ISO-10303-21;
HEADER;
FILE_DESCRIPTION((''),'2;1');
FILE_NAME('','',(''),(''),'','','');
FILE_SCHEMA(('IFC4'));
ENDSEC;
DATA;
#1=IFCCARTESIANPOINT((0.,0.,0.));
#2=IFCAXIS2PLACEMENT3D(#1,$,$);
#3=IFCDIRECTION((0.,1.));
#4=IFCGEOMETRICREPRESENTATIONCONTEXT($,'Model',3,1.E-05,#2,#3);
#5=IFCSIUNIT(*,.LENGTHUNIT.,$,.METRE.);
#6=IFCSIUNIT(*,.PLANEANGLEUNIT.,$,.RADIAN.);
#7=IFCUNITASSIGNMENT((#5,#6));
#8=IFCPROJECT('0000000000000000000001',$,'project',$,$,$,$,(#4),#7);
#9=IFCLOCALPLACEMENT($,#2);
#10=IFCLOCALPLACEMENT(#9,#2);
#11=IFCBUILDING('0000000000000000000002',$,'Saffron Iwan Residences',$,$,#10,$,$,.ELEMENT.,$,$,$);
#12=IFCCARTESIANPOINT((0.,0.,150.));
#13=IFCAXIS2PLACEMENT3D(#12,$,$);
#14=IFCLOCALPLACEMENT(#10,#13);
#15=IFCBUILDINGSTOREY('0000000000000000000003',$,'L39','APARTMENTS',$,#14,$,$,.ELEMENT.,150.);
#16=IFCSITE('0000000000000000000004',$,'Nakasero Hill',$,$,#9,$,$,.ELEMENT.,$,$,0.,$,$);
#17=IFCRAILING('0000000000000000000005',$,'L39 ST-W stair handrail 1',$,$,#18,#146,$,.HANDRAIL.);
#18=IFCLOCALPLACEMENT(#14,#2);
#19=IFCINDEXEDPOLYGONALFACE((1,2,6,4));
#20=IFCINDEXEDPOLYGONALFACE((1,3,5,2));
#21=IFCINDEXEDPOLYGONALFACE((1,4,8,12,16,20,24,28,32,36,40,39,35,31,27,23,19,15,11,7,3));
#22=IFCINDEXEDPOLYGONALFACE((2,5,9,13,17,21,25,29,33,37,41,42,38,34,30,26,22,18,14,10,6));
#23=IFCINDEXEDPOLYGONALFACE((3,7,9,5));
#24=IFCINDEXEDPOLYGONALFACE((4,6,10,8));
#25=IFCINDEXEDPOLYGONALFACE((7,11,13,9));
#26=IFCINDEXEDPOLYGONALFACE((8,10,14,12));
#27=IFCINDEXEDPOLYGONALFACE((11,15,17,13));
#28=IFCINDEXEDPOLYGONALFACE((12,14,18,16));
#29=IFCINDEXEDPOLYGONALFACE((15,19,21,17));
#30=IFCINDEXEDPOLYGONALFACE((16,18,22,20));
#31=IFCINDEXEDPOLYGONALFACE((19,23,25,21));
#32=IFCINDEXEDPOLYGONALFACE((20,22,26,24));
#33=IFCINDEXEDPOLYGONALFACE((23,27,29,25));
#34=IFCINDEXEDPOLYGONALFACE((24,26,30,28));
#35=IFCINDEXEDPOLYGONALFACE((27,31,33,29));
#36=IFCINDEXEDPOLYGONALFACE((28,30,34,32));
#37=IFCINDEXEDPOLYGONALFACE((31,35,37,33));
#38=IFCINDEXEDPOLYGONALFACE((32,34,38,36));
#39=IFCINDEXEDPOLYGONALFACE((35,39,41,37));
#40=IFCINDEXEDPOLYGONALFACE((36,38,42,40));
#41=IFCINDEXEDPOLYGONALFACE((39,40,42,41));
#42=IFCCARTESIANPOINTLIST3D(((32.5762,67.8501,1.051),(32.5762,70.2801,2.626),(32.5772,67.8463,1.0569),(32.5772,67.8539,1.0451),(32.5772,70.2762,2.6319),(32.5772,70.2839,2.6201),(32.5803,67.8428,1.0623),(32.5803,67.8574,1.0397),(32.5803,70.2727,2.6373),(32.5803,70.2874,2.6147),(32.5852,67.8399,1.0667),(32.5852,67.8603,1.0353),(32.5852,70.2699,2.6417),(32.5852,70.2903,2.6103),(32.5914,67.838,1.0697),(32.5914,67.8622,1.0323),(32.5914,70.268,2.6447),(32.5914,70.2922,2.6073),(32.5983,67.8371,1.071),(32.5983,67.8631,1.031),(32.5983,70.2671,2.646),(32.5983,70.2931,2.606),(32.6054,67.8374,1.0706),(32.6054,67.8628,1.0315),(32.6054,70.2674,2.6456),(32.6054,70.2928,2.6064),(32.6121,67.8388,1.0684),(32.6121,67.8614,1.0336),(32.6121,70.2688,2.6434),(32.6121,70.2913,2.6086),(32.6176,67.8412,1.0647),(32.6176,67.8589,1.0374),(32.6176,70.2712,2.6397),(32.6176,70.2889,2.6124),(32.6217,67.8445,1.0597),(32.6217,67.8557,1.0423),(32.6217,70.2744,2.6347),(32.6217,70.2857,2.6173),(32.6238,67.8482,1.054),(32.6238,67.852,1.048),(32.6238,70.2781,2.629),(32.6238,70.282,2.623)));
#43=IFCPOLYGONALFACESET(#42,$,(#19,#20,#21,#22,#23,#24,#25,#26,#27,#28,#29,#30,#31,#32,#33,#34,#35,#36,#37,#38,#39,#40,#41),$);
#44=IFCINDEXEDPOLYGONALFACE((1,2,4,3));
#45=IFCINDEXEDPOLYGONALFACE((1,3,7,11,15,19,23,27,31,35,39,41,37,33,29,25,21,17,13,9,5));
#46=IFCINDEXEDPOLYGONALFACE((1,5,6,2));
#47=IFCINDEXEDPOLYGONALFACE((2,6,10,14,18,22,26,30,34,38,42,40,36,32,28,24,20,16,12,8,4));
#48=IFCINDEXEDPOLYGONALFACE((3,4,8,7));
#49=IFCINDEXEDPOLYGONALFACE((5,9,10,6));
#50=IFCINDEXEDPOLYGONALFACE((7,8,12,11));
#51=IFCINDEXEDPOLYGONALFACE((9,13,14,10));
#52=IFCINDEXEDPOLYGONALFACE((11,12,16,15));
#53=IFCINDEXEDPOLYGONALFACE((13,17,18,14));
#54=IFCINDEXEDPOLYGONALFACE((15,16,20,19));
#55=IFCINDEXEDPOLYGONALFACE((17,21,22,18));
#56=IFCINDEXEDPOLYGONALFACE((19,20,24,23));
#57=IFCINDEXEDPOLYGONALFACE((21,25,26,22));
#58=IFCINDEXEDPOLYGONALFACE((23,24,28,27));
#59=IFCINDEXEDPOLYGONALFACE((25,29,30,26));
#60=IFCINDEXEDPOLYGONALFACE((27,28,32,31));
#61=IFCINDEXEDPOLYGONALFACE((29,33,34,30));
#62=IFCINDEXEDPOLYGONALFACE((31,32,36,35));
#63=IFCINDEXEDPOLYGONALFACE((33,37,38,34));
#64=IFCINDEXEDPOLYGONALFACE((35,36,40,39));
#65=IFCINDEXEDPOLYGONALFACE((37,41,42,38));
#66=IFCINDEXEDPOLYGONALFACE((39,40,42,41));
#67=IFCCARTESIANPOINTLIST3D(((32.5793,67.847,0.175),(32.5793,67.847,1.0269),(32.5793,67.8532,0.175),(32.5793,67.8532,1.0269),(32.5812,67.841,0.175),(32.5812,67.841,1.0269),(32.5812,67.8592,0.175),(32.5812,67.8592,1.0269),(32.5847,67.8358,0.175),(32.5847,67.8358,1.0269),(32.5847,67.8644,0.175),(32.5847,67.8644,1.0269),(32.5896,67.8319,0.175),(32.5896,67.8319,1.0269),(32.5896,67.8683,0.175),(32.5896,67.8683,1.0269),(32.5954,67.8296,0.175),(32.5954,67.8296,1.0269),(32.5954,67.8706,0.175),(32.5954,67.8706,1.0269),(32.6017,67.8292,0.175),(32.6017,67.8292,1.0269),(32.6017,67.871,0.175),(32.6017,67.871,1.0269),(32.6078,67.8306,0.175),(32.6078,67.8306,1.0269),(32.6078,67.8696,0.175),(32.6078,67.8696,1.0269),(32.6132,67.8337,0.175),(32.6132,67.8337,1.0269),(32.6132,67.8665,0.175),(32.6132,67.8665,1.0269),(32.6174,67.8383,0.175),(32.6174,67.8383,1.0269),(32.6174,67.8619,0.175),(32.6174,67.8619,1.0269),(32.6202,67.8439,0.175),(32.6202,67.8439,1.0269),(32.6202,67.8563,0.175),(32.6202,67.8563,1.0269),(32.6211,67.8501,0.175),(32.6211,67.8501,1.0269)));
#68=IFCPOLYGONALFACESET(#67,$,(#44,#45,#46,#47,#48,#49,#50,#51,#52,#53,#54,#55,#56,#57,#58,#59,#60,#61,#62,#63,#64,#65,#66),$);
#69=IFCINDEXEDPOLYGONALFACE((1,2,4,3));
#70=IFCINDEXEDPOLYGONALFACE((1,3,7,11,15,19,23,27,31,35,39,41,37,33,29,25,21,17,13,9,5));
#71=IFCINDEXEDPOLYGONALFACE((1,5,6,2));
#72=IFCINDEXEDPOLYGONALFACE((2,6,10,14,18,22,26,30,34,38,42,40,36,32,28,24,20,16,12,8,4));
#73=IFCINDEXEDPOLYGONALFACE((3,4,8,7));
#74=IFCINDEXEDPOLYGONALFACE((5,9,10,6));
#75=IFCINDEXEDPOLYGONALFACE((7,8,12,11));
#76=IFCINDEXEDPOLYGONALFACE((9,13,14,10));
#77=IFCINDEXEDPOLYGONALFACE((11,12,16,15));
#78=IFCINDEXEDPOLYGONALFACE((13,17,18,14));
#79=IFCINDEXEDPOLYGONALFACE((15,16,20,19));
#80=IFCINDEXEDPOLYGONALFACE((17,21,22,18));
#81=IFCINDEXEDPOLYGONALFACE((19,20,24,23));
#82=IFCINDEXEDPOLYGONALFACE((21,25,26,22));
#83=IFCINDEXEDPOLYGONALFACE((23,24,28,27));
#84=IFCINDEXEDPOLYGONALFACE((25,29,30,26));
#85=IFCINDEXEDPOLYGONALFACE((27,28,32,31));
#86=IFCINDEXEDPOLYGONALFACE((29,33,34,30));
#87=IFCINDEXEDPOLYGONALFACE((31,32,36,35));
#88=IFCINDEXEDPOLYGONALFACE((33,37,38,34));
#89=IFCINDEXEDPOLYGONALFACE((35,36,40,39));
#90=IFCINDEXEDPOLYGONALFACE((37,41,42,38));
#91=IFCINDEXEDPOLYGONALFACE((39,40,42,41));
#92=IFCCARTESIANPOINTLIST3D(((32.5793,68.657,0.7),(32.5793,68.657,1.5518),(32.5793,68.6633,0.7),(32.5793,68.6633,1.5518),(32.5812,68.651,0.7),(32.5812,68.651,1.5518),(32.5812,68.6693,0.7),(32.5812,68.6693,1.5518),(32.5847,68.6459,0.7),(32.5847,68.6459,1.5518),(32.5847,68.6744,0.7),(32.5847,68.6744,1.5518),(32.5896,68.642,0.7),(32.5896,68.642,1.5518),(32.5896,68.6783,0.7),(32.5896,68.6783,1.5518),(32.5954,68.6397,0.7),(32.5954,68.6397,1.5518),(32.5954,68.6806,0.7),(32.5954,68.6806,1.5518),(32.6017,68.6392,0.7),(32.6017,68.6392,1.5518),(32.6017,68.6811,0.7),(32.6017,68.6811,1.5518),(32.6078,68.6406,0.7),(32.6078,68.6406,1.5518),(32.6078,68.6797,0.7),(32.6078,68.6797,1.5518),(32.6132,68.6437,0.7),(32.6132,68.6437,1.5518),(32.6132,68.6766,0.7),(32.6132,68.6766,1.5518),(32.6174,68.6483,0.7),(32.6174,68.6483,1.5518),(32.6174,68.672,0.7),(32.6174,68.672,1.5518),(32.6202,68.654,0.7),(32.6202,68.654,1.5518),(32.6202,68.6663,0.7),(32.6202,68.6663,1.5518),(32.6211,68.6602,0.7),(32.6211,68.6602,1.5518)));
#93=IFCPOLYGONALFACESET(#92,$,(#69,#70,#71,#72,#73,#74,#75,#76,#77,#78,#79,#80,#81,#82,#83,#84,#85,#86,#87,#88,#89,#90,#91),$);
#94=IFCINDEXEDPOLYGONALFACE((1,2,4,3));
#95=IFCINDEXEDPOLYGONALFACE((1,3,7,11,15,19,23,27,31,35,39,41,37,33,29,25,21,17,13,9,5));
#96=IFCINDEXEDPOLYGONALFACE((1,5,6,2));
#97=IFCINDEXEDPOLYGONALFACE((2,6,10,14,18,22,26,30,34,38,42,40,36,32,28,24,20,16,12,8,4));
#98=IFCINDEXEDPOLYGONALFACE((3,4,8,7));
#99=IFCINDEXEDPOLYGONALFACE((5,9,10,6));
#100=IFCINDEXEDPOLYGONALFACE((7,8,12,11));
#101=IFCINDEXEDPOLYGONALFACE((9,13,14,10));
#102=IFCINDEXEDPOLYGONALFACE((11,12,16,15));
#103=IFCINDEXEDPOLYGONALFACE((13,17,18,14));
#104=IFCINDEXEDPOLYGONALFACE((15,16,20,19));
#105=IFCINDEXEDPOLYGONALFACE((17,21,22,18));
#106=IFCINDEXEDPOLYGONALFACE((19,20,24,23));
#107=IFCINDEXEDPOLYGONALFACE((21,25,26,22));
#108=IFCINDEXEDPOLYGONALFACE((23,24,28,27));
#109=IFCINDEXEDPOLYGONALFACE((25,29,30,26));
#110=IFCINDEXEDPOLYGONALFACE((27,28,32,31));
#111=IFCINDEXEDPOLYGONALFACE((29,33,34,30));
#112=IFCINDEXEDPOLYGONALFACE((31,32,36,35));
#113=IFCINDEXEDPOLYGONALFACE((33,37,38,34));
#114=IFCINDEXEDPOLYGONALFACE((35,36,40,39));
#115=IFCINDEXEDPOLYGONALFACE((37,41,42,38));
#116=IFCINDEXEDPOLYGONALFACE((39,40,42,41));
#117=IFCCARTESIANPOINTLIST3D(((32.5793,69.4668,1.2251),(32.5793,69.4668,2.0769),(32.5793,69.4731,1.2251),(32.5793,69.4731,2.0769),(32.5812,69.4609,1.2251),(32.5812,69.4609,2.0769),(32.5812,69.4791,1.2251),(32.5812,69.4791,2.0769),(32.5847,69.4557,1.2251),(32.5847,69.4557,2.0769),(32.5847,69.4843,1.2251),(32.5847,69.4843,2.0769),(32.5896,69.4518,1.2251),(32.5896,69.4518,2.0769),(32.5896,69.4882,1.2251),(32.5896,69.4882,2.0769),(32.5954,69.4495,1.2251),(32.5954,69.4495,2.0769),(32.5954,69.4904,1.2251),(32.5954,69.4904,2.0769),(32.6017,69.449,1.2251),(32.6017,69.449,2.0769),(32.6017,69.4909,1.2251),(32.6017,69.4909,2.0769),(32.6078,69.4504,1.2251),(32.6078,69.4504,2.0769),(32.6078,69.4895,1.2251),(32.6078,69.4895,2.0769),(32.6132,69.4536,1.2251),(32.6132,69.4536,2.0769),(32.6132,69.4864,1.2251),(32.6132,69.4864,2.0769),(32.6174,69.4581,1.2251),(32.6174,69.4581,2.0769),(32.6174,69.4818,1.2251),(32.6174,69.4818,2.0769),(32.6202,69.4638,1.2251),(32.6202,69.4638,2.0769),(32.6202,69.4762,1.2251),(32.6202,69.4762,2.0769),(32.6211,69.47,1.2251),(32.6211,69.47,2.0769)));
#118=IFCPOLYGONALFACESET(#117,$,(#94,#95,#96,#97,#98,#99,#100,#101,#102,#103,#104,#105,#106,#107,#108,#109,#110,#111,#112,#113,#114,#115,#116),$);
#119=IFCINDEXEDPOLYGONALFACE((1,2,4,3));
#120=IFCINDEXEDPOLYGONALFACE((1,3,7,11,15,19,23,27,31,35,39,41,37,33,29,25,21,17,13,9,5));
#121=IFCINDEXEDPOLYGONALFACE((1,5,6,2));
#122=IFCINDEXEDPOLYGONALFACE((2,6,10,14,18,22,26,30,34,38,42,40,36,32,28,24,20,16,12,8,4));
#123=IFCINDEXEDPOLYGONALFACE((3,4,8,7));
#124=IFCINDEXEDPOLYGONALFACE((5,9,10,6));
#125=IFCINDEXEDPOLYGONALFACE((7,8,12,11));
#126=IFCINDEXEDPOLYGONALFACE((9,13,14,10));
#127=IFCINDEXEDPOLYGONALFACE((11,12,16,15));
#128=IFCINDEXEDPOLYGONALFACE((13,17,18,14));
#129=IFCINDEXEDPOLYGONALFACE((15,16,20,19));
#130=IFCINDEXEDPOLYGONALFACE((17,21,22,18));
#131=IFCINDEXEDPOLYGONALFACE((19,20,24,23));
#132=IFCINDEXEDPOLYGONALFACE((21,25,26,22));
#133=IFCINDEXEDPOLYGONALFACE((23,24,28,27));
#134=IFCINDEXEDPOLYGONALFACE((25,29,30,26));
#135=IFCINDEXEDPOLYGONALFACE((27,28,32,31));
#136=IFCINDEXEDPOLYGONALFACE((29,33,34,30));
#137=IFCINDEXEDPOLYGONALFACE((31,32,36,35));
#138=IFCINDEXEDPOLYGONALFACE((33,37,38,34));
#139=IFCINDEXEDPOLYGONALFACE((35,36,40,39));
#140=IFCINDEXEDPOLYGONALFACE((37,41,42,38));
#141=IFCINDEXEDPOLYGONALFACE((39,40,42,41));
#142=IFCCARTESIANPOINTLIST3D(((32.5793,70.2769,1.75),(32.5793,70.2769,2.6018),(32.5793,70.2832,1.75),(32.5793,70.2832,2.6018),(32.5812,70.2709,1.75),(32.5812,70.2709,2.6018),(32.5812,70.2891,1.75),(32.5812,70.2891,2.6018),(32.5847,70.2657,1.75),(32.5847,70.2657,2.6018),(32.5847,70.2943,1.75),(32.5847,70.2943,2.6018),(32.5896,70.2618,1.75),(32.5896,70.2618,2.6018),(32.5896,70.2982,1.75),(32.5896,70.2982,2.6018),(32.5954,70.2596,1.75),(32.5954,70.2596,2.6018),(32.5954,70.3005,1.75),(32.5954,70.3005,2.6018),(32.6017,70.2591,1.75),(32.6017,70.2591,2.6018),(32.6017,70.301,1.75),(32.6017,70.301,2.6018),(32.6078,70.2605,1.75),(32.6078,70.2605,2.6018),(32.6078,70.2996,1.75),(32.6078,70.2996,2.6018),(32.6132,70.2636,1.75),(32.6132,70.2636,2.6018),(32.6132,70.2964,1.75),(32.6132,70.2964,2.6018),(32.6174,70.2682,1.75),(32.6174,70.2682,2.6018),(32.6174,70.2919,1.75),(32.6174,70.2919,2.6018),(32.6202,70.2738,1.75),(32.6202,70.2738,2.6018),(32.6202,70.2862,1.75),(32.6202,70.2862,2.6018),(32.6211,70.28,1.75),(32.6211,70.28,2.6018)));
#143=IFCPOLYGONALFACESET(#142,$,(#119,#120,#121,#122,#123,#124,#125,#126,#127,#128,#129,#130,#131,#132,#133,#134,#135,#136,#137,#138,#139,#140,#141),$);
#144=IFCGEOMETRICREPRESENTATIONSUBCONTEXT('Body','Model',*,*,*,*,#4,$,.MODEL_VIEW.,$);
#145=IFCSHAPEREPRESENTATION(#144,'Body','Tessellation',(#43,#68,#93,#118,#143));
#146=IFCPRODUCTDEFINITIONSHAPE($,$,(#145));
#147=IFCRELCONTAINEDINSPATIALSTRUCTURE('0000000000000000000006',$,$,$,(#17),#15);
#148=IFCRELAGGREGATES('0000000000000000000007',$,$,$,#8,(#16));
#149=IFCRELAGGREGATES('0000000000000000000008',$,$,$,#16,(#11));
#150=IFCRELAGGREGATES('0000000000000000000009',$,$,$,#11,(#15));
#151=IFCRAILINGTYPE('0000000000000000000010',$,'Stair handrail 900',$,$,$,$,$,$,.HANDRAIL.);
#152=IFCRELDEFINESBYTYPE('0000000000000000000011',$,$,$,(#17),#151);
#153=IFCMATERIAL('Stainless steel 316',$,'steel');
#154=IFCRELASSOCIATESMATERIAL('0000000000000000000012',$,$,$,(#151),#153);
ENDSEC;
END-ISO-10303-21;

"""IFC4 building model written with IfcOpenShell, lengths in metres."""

from ifc_helpers import new_model, si_unit, direction, frame, origin, origin_2d, place, context, subcontext, project, spatial, circle, extrude, material, type_object, element, save


model = new_model("IFC4")

# Units and contexts
model_context = context("Model", 3, precision=1e-05, world=origin(), true_north=direction((0.0, 1.0)))
body_context = subcontext(model_context, "Body", "Model", "MODEL_VIEW")
ifc_project = project(units=[si_unit("LENGTHUNIT", "METRE"), si_unit("PLANEANGLEUNIT", "RADIAN")], contexts=[model_context])

# Site, building, storey
site_placement = place(None, origin())
site = spatial("IfcSite", under=ifc_project, at=site_placement, Name="Nakasero Hill", CompositionType="ELEMENT", RefElevation=0.0)
building_placement = place(site_placement, origin())
building = spatial("IfcBuilding", under=site, at=building_placement, Name="Saffron Iwan Residences", CompositionType="ELEMENT")
storey_placement = place(building_placement, frame((0.0, 0.0, 150.0)))
storey = spatial("IfcBuildingStorey", under=building, at=storey_placement, Name="L39", Description="APARTMENTS", CompositionType="ELEMENT", Elevation=150.0)

# Railing
ifc_material_1 = material(Name="Stainless steel 316", Category="steel")
railing_type_1 = type_object("IfcRailingType", Name="Stair handrail 900", PredefinedType="HANDRAIL", material=ifc_material_1)
railing_1_placement = place(storey_placement, frame((32.6001, 67.8501, 0.175)))
element("IfcRailing", 1, at=railing_1_placement, inside=storey, type_object=railing_type_1, Name="L39 ST-W stair handrail 1", PredefinedType="HANDRAIL", context=body_context, shape_type="SweptSolid", body=[
    extrude(circle(Radius=0.0239, at=origin_2d()), frame((0.0, 0.0, 0.876), z_axis=(0.0, 0.839154, 0.543894), x_axis=(-1.0, 0.0, 0.0)), (0.0, 0.0, 1.0), 2.8958),
    extrude(circle(Radius=0.021, at=origin_2d()), origin(), (0.0, 0.0, 1.0), 0.8518),
    extrude(circle(Radius=0.021, at=origin_2d()), frame((0.0, 0.8101, 0.5249)), (0.0, 0.0, 1.0), 0.8518),
    extrude(circle(Radius=0.021, at=origin_2d()), frame((0.0, 1.6199, 1.05)), (0.0, 0.0, 1.0), 0.8518),
    extrude(circle(Radius=0.021, at=origin_2d()), frame((0.0, 2.4299, 1.575)), (0.0, 0.0, 1.0), 0.8518),
])

save(model, "model.ifc")
